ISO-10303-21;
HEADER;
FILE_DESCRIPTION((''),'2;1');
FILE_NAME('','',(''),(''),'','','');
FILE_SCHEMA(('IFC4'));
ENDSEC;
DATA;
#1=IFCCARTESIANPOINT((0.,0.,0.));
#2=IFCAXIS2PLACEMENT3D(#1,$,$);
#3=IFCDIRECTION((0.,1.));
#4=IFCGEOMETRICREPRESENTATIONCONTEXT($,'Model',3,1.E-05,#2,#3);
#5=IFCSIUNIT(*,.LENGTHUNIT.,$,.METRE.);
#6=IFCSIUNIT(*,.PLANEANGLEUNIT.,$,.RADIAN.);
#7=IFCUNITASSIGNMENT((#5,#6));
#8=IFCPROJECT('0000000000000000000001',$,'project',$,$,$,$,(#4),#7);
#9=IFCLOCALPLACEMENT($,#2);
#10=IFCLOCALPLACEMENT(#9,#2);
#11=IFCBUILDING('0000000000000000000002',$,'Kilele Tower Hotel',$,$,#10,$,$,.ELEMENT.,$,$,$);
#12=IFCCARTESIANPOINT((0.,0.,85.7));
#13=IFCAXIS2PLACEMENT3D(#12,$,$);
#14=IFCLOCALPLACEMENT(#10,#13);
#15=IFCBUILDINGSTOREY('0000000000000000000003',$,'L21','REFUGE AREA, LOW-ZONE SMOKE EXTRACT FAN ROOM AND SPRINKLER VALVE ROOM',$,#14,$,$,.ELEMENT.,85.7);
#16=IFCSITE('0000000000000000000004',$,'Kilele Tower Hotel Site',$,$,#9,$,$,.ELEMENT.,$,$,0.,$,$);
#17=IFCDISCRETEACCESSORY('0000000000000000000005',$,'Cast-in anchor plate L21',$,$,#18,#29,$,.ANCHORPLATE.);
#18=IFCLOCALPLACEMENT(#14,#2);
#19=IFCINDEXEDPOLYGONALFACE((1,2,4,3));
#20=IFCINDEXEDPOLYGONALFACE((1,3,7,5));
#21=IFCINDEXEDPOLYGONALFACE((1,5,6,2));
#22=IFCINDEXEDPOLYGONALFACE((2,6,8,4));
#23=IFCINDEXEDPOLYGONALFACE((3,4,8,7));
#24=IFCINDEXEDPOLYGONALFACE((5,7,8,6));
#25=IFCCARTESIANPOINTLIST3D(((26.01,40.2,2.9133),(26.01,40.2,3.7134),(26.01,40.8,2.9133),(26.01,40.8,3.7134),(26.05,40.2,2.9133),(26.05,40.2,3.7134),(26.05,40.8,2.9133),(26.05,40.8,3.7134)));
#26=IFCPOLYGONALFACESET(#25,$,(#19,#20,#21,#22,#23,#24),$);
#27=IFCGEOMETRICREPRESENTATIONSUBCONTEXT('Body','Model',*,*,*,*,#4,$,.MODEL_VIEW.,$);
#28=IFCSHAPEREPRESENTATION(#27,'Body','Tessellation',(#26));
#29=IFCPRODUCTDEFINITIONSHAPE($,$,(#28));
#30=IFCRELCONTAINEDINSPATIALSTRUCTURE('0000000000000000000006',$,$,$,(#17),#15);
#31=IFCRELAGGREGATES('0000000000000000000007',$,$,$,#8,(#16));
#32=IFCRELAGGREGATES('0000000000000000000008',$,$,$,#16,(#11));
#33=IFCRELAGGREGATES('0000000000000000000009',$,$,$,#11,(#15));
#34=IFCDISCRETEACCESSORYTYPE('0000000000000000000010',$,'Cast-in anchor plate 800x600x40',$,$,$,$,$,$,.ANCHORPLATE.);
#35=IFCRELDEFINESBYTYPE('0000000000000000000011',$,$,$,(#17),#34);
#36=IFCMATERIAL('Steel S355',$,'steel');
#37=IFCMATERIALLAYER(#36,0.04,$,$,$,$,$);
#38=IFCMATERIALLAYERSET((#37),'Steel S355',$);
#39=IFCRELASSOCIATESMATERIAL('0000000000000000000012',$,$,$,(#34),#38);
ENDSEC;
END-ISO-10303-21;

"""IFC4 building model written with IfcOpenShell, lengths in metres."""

from ifc_helpers import new_model, si_unit, direction, frame, origin, place, context, subcontext, project, spatial, polyline, outline, extrude, source, transform, mapped, material, layer, layer_set, type_object, element, save


model = new_model("IFC4")

# Units and contexts
model_context = context("Model", 3, precision=1e-05, world=origin(), true_north=direction((0.0, 1.0)))
body_context = subcontext(model_context, "Body", "Model", "MODEL_VIEW")
ifc_project = project(units=[si_unit("LENGTHUNIT", "METRE"), si_unit("PLANEANGLEUNIT", "RADIAN")], contexts=[model_context])

# Site, building, storey
site_placement = place(None, origin())
site = spatial("IfcSite", under=ifc_project, at=site_placement, Name="Kilele Tower Hotel Site", CompositionType="ELEMENT", RefElevation=0.0)
building_placement = place(site_placement, origin())
building = spatial("IfcBuilding", under=site, at=building_placement, Name="Kilele Tower Hotel", CompositionType="ELEMENT")
storey_placement = place(building_placement, frame((0.0, 0.0, 85.7)))
storey = spatial("IfcBuildingStorey", under=building, at=storey_placement, Name="L21", Description="REFUGE AREA, LOW-ZONE SMOKE EXTRACT FAN ROOM AND SPRINKLER VALVE ROOM", CompositionType="ELEMENT", Elevation=85.7)

# Discrete accessory
ifc_material_1 = material(Name="Steel S355", Category="steel")
ifc_layer_1 = layer(ifc_material_1, 0.04)
ifc_layer_set_1 = layer_set([ifc_layer_1], Name="Steel S355")
discrete_accessory_type = type_object("IfcDiscreteAccessoryType", Name="Cast-in anchor plate 800x600x40", PredefinedType="ANCHORPLATE", material=ifc_layer_set_1)
shared_shape = source(origin(), body_context, "Body", "SweptSolid", [
    extrude(outline(polyline([(0.0, 0.0), (0.04, 0.0), (0.04, 0.8), (0.0, 0.8), (0.0, 0.0)])), origin(), (0.0, 0.0, 1.0), 0.6001),
])
for number, where, z_axis, x_axis, name in (
    (1, (26.05, 40.2, 2.9133), (0.0, 1.0, 0.0), (-1.0, 0.0, 0.0), "Cast-in anchor plate L21"),
):
    element("IfcDiscreteAccessory", number, at=place(storey_placement, frame(where, z_axis=z_axis, x_axis=x_axis)), inside=storey, type_object=discrete_accessory_type, Name=name, PredefinedType="ANCHORPLATE", context=body_context, shape_type="MappedRepresentation", body=[
        mapped(shared_shape, transform((0.0, 0.0, 0.0))),
    ])

save(model, "model.ifc")
